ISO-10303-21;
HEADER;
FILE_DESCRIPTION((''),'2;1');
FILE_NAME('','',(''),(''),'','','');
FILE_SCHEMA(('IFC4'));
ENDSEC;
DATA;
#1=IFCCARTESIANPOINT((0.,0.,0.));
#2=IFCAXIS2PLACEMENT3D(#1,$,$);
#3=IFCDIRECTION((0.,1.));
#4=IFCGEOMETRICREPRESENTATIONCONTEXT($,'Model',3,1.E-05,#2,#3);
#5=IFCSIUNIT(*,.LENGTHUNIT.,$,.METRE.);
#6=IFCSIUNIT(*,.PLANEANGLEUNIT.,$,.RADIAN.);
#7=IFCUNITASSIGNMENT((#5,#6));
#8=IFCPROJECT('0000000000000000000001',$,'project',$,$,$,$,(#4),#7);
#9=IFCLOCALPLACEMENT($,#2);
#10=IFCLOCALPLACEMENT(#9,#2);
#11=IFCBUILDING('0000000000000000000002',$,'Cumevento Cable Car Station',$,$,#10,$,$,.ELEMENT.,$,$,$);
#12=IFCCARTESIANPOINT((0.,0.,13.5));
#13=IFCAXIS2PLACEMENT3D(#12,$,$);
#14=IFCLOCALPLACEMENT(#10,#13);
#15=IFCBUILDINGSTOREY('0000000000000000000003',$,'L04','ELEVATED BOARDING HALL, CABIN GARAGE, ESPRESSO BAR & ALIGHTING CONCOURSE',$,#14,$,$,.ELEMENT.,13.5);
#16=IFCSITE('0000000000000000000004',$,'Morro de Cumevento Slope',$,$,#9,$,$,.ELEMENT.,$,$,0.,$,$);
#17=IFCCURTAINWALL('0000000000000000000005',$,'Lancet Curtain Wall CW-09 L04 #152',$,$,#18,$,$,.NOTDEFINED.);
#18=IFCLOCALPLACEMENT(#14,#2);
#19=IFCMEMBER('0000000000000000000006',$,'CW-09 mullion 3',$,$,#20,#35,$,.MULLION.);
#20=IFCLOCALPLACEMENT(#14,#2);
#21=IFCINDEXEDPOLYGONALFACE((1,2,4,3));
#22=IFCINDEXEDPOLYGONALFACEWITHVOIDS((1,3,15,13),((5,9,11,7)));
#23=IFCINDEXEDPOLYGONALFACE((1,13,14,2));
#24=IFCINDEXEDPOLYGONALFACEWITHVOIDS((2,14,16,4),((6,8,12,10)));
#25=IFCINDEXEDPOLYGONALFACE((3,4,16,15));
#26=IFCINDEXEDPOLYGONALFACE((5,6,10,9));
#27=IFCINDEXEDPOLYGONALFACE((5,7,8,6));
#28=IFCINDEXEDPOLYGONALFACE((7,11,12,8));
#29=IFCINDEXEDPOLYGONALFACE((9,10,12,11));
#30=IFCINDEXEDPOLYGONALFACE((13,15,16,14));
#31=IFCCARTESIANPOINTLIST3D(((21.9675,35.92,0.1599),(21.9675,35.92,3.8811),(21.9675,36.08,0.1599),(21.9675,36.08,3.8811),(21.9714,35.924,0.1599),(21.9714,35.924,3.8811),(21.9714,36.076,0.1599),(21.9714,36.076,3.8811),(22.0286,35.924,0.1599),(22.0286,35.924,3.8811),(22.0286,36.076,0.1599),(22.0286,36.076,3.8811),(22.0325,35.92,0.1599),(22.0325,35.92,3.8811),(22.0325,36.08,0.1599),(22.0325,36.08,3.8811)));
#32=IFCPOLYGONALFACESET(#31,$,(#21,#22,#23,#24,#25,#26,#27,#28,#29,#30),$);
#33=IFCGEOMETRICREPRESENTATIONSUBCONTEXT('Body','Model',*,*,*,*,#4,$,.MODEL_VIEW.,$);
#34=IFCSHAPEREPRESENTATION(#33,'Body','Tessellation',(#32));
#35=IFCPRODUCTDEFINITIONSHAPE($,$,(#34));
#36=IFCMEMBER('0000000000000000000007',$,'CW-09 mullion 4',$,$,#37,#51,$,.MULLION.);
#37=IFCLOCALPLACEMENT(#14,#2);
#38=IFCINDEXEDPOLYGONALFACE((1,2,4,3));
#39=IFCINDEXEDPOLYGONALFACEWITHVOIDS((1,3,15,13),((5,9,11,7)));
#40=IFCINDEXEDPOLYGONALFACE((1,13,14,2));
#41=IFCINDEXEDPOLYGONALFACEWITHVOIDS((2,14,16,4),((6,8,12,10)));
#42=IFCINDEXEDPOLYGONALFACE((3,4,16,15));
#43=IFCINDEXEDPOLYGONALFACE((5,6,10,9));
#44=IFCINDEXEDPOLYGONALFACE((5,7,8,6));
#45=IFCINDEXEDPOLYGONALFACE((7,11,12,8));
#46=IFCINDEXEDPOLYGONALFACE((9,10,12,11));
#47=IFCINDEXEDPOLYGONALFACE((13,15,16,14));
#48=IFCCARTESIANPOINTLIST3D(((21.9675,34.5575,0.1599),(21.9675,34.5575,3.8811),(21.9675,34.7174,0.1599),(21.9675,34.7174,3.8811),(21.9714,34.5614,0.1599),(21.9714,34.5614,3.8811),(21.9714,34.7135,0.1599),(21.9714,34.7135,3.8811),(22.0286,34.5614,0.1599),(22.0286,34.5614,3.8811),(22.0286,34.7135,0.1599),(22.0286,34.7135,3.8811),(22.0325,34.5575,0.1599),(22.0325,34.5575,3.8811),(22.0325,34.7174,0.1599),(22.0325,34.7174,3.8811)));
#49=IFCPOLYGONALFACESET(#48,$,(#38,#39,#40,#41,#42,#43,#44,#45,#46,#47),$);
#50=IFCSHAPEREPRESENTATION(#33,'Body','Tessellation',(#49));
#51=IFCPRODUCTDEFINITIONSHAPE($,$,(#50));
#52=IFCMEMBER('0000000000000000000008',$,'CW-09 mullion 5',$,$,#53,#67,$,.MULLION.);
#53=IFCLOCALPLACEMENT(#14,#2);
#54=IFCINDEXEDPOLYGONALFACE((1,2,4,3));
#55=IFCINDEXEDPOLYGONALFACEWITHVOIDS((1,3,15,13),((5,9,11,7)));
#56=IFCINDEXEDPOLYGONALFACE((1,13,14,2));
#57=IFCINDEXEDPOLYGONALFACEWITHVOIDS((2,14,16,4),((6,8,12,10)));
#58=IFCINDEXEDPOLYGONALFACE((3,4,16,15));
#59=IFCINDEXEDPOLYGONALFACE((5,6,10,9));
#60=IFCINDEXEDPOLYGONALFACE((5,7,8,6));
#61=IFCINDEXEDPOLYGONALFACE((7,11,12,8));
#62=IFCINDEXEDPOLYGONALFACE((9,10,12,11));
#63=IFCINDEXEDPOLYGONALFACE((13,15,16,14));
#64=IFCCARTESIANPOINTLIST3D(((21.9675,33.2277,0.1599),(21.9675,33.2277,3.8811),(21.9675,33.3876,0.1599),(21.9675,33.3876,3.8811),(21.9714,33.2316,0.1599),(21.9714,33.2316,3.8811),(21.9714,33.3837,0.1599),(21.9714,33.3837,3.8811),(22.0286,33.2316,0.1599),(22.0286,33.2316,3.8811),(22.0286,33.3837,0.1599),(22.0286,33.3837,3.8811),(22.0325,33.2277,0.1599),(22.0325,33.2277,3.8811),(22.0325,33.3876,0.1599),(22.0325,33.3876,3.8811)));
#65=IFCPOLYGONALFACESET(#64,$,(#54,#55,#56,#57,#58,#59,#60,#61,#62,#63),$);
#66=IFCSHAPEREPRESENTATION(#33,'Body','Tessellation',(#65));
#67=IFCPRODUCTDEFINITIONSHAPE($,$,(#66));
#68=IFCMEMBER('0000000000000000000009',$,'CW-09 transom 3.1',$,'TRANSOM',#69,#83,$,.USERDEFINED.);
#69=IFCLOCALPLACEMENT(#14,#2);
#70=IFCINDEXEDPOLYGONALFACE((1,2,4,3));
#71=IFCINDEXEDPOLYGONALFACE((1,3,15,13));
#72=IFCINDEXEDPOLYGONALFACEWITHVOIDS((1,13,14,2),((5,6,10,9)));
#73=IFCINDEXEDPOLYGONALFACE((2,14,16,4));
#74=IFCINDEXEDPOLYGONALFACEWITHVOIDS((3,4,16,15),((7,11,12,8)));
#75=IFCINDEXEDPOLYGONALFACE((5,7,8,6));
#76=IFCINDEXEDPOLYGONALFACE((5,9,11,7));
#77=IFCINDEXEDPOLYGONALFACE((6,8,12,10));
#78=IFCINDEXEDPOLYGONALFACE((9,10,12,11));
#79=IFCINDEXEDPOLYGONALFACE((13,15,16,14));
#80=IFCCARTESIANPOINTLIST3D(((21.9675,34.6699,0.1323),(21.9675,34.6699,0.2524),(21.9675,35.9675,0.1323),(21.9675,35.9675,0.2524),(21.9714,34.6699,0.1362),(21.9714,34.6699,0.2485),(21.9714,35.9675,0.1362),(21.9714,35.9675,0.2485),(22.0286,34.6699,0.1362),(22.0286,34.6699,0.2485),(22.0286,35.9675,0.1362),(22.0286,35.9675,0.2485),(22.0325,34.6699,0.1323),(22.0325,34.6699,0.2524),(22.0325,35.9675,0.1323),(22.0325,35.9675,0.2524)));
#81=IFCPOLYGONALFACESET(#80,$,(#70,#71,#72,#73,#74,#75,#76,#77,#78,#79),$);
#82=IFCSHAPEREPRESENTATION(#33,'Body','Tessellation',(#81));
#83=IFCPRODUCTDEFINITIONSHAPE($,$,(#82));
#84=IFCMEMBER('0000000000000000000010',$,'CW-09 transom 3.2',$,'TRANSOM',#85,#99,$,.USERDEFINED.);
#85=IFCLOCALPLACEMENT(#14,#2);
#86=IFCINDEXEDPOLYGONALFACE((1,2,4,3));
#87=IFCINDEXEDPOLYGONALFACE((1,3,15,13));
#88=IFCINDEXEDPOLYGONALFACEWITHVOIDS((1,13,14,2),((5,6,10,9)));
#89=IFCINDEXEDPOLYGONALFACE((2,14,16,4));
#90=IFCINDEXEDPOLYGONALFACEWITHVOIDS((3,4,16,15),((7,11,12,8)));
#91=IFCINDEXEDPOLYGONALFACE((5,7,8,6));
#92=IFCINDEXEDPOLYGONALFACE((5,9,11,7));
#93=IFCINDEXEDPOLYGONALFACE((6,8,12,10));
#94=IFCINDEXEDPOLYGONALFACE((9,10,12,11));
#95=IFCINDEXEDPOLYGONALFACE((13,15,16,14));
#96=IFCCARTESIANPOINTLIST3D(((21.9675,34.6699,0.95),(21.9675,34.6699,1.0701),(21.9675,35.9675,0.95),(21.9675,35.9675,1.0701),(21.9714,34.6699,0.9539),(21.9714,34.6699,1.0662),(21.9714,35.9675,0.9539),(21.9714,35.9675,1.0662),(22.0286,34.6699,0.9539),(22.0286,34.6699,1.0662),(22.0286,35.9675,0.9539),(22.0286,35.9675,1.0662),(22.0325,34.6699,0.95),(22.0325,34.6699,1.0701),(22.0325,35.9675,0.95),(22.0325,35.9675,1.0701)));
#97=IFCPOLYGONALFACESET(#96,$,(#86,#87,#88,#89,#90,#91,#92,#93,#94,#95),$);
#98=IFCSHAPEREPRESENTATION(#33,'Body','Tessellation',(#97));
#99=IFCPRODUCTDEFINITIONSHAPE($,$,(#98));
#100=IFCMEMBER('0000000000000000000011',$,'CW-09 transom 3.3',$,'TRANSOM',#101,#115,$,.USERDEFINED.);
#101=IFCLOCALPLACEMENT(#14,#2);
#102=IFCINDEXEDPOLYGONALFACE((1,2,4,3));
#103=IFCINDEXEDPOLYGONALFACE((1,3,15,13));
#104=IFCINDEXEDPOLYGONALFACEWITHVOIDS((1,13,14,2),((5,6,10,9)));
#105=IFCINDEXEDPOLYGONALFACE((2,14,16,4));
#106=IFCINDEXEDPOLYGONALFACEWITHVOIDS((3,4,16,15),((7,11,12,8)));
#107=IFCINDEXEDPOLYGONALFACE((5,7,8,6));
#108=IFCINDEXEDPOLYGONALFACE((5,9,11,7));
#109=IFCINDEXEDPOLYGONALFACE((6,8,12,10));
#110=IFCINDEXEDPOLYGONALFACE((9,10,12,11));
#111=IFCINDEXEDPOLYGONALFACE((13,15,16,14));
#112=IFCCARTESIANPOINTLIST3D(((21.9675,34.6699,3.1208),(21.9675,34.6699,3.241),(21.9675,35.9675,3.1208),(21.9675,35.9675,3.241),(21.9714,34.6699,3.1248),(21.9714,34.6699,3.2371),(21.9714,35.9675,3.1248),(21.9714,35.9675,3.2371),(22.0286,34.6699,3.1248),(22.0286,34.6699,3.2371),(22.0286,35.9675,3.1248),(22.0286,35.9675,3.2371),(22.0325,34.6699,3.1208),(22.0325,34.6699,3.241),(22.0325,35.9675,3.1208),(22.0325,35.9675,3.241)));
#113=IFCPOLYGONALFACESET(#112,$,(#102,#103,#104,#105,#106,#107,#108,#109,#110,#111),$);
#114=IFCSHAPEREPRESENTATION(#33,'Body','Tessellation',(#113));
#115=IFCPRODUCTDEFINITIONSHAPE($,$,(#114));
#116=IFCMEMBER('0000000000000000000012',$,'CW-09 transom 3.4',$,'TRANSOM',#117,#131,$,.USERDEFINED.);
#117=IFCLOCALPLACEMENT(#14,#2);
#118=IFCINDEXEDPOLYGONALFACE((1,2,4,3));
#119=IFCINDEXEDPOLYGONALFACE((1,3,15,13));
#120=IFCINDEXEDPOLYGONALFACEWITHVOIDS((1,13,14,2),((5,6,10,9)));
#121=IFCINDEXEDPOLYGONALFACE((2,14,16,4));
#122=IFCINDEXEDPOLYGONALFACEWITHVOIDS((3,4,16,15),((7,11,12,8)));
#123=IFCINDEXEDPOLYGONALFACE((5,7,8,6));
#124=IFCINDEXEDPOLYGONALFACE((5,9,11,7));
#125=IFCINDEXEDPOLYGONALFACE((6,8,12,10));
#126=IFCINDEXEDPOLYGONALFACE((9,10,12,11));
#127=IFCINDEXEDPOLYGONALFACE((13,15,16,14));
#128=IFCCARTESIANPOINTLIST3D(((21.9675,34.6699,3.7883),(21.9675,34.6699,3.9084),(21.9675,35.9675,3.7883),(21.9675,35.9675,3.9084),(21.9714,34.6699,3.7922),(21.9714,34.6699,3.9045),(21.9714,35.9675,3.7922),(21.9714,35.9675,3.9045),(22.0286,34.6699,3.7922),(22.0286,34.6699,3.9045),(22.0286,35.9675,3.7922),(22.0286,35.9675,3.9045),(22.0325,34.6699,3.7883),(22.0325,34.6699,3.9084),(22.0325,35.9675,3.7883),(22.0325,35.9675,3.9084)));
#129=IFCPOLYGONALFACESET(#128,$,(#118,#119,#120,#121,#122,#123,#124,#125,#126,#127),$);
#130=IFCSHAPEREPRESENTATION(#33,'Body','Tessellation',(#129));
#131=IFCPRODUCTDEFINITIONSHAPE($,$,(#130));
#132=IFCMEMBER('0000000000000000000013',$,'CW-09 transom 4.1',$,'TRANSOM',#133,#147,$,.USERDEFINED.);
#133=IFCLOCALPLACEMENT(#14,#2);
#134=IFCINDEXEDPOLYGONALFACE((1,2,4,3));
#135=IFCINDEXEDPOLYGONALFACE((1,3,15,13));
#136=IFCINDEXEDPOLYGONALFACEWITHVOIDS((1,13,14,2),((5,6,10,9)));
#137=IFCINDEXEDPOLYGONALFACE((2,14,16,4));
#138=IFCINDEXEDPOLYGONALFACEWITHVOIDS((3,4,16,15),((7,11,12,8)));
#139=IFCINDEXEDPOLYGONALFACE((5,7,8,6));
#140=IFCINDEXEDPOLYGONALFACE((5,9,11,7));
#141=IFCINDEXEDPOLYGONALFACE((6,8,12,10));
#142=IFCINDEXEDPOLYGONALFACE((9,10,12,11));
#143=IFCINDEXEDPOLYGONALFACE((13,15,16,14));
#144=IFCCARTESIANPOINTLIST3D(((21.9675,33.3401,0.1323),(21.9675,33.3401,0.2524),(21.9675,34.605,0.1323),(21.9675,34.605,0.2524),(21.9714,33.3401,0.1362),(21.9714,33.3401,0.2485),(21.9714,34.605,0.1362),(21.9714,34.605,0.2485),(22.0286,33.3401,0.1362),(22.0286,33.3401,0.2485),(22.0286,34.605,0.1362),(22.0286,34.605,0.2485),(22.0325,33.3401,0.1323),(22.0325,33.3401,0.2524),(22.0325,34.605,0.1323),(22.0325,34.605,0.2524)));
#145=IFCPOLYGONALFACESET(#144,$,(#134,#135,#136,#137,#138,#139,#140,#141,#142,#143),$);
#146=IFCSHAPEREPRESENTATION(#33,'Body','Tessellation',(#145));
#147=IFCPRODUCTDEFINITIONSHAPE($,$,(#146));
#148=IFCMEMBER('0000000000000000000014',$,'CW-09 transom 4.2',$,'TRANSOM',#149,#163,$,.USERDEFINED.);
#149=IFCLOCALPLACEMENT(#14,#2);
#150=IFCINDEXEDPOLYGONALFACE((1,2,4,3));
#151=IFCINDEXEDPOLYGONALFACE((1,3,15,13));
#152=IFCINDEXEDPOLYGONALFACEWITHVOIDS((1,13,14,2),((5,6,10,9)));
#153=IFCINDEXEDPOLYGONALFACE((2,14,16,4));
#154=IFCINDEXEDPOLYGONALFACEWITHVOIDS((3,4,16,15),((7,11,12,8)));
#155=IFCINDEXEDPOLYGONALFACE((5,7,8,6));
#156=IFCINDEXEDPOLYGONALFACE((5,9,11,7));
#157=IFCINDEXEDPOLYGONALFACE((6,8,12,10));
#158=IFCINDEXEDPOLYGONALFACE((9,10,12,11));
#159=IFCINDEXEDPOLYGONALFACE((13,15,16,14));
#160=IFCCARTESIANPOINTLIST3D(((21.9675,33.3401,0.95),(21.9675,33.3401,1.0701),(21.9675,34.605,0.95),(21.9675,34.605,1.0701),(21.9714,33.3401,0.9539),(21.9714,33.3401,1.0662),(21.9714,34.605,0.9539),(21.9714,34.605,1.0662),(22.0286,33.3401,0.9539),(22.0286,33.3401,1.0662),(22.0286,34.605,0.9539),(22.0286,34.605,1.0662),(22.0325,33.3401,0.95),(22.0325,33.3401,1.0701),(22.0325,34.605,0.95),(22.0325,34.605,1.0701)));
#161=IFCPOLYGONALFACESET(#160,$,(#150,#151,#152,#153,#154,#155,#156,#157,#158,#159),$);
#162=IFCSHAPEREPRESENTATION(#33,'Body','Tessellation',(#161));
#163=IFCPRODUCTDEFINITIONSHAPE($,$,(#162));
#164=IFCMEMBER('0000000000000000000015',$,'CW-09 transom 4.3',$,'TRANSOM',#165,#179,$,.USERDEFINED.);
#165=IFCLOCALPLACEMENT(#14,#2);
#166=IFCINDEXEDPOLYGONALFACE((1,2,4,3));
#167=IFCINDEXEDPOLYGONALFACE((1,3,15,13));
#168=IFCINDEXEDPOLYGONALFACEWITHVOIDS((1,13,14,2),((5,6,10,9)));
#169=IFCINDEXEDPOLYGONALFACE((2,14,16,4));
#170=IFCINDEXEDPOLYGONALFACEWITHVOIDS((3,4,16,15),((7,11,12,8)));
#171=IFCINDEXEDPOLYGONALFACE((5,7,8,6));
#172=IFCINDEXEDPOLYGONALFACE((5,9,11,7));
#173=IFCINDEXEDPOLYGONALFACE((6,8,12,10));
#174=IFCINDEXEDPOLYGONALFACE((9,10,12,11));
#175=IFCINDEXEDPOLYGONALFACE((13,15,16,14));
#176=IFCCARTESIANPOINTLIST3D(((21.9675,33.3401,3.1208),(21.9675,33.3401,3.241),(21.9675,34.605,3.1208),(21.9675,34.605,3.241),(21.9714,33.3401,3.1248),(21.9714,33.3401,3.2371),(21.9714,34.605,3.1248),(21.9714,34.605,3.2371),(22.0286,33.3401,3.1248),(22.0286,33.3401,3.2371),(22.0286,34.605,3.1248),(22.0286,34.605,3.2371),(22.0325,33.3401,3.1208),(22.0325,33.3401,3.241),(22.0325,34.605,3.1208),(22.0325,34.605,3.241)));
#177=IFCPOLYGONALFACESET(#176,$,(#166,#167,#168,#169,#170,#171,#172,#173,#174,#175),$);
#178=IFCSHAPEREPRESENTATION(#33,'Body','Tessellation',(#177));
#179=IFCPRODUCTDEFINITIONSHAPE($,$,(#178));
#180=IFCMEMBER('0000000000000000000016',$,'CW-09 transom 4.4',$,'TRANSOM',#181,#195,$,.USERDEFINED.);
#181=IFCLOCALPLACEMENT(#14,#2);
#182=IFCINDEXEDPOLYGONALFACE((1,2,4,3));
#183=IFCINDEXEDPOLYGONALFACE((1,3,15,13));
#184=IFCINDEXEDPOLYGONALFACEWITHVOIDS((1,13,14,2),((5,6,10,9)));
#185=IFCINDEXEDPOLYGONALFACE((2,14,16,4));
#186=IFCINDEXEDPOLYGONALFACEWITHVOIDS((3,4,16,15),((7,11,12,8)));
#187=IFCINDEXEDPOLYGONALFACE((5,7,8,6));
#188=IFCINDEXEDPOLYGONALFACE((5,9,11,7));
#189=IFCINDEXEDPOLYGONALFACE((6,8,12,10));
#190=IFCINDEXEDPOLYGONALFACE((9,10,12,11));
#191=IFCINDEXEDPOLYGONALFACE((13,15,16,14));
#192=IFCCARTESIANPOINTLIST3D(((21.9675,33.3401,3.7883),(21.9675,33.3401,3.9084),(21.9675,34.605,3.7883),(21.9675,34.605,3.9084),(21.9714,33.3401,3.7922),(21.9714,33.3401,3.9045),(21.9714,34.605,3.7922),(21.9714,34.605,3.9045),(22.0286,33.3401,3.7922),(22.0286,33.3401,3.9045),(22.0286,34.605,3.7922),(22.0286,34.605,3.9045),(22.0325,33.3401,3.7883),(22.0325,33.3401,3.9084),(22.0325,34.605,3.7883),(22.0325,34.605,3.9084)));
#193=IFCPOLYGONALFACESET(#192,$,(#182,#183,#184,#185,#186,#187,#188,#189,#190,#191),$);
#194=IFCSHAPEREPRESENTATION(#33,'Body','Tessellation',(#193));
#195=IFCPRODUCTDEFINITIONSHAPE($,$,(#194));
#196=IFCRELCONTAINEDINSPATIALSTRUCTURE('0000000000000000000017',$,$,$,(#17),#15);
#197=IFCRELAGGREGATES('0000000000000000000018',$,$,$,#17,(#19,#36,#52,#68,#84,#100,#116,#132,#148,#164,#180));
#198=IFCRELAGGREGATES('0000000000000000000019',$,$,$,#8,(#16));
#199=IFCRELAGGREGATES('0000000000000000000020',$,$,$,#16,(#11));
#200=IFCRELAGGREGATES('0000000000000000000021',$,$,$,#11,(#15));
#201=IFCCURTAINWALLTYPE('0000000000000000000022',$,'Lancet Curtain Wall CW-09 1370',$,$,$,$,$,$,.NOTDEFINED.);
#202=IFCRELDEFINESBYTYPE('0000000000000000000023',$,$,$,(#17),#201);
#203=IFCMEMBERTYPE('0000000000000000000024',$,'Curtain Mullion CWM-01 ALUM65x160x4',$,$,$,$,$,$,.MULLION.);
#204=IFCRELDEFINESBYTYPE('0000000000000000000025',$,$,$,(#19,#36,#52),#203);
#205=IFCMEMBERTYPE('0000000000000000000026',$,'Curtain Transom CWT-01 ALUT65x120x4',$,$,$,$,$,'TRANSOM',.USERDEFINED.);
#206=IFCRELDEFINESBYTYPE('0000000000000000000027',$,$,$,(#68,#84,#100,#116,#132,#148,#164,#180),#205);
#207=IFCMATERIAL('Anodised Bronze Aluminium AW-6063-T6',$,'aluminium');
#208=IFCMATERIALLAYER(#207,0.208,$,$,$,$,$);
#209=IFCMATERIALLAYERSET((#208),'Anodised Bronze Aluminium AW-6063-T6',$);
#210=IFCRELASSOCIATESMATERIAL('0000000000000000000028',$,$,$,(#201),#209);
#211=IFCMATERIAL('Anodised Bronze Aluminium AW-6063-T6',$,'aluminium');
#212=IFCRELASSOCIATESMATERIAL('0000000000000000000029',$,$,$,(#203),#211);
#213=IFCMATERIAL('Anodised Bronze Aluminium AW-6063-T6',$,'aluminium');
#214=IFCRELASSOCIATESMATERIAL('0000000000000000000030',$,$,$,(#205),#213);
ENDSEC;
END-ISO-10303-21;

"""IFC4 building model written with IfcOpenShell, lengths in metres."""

from ifc_helpers import new_model, si_unit, direction, frame, origin, origin_2d, place, context, subcontext, project, spatial, hollow_rectangle, extrude, material, layer, layer_set, material_profile, profile_set, type_object, element, aggregate, save


model = new_model("IFC4")

# Units and contexts
model_context = context("Model", 3, precision=1e-05, world=origin(), true_north=direction((0.0, 1.0)))
body_context = subcontext(model_context, "Body", "Model", "MODEL_VIEW")
ifc_project = project(units=[si_unit("LENGTHUNIT", "METRE"), si_unit("PLANEANGLEUNIT", "RADIAN")], contexts=[model_context])

# Site, building, storey
site_placement = place(None, origin())
site = spatial("IfcSite", under=ifc_project, at=site_placement, Name="Morro de Cumevento Slope", CompositionType="ELEMENT", RefElevation=0.0)
building_placement = place(site_placement, origin())
building = spatial("IfcBuilding", under=site, at=building_placement, Name="Cumevento Cable Car Station", CompositionType="ELEMENT")
storey_placement = place(building_placement, frame((0.0, 0.0, 13.5)))
storey = spatial("IfcBuildingStorey", under=building, at=storey_placement, Name="L04", Description="ELEVATED BOARDING HALL, CABIN GARAGE, ESPRESSO BAR & ALIGHTING CONCOURSE", CompositionType="ELEMENT", Elevation=13.5)

# Curtain wall, members
ifc_material_1 = material(Name="Anodised Bronze Aluminium AW-6063-T6", Category="aluminium")
ifc_layer_1 = layer(ifc_material_1, 0.208)
ifc_layer_set_1 = layer_set([ifc_layer_1], Name="Anodised Bronze Aluminium AW-6063-T6")
curtain_wall_type = type_object("IfcCurtainWallType", Name="Lancet Curtain Wall CW-09 1370", PredefinedType="NOTDEFINED", material=ifc_layer_set_1)
curtain_wall_placement = place(storey_placement, origin())
curtain_wall = element("IfcCurtainWall", 1, at=curtain_wall_placement, inside=storey, type_object=curtain_wall_type, Name="Lancet Curtain Wall CW-09 L04 #152", PredefinedType="NOTDEFINED")
ifc_material_2 = material(Name="Anodised Bronze Aluminium AW-6063-T6", Category="aluminium")
ifc_material_profile_1 = material_profile(ifc_material_2, hollow_rectangle(XDim=0.0649, YDim=0.1599, WallThickness=0.0039, at=origin_2d()), Name="ALUM65x160x4")
ifc_profile_set_1 = profile_set([ifc_material_profile_1], Name="Anodised Bronze Aluminium AW-6063-T6")
member_type_1 = type_object("IfcMemberType", Name="Curtain Mullion CWM-01 ALUM65x160x4", PredefinedType="MULLION", material=ifc_profile_set_1)
member_1_placement = place(storey_placement, frame((22.0, 36.0, 0.1599), z_axis=(0.0, 0.0, 1.0), x_axis=(1.0, 0.0, 0.0)))
member_1 = element("IfcMember", 2, at=member_1_placement, type_object=member_type_1, Name="CW-09 mullion 3", PredefinedType="MULLION", context=body_context, shape_type="SweptSolid", body=[
    extrude(hollow_rectangle(XDim=0.0649, YDim=0.1599, WallThickness=0.0039, at=origin_2d()), origin(), (0.0, 0.0, 1.0), 3.7212),
])
member_2_placement = place(storey_placement, frame((22.0, 34.6375, 0.1599), z_axis=(0.0, 0.0, 1.0), x_axis=(1.0, 0.0, 0.0)))
member_2 = element("IfcMember", 3, at=member_2_placement, type_object=member_type_1, Name="CW-09 mullion 4", PredefinedType="MULLION", context=body_context, shape_type="SweptSolid", body=[
    extrude(hollow_rectangle(XDim=0.0649, YDim=0.1599, WallThickness=0.0039, at=origin_2d()), origin(), (0.0, 0.0, 1.0), 3.7212),
])
member_3_placement = place(storey_placement, frame((22.0, 33.3076, 0.1599), z_axis=(0.0, 0.0, 1.0), x_axis=(1.0, 0.0, 0.0)))
member_3 = element("IfcMember", 4, at=member_3_placement, type_object=member_type_1, Name="CW-09 mullion 5", PredefinedType="MULLION", context=body_context, shape_type="SweptSolid", body=[
    extrude(hollow_rectangle(XDim=0.0649, YDim=0.1599, WallThickness=0.0039, at=origin_2d()), origin(), (0.0, 0.0, 1.0), 3.7212),
])
ifc_material_3 = material(Name="Anodised Bronze Aluminium AW-6063-T6", Category="aluminium")
ifc_material_profile_2 = material_profile(ifc_material_3, hollow_rectangle(XDim=0.0649, YDim=0.1201, WallThickness=0.0039, at=origin_2d()), Name="ALUT65x120x4")
ifc_profile_set_2 = profile_set([ifc_material_profile_2], Name="Anodised Bronze Aluminium AW-6063-T6")
member_type_2 = type_object("IfcMemberType", Name="Curtain Transom CWT-01 ALUT65x120x4", ElementType="TRANSOM", PredefinedType="USERDEFINED", material=ifc_profile_set_2)
member_4_placement = place(storey_placement, frame((22.0, 35.9675, 0.1924), z_axis=(0.0, -1.0, 0.0), x_axis=(1.0, 0.0, 0.0)))
member_4 = element("IfcMember", 5, at=member_4_placement, type_object=member_type_2, Name="CW-09 transom 3.1", ObjectType="TRANSOM", PredefinedType="USERDEFINED", context=body_context, shape_type="SweptSolid", body=[
    extrude(hollow_rectangle(XDim=0.0649, YDim=0.1201, WallThickness=0.0039, at=origin_2d()), origin(), (0.0, 0.0, 1.0), 1.2976),
])
member_5_placement = place(storey_placement, frame((22.0, 35.9675, 1.01), z_axis=(0.0, -1.0, 0.0), x_axis=(1.0, 0.0, 0.0)))
member_5 = element("IfcMember", 6, at=member_5_placement, type_object=member_type_2, Name="CW-09 transom 3.2", ObjectType="TRANSOM", PredefinedType="USERDEFINED", context=body_context, shape_type="SweptSolid", body=[
    extrude(hollow_rectangle(XDim=0.0649, YDim=0.1201, WallThickness=0.0039, at=origin_2d()), origin(), (0.0, 0.0, 1.0), 1.2976),
])
member_6_placement = place(storey_placement, frame((22.0, 35.9675, 3.1809), z_axis=(0.0, -1.0, 0.0), x_axis=(1.0, 0.0, 0.0)))
member_6 = element("IfcMember", 7, at=member_6_placement, type_object=member_type_2, Name="CW-09 transom 3.3", ObjectType="TRANSOM", PredefinedType="USERDEFINED", context=body_context, shape_type="SweptSolid", body=[
    extrude(hollow_rectangle(XDim=0.0649, YDim=0.1201, WallThickness=0.0039, at=origin_2d()), origin(), (0.0, 0.0, 1.0), 1.2976),
])
member_7_placement = place(storey_placement, frame((22.0, 35.9675, 3.8484), z_axis=(0.0, -1.0, 0.0), x_axis=(1.0, 0.0, 0.0)))
member_7 = element("IfcMember", 8, at=member_7_placement, type_object=member_type_2, Name="CW-09 transom 3.4", ObjectType="TRANSOM", PredefinedType="USERDEFINED", context=body_context, shape_type="SweptSolid", body=[
    extrude(hollow_rectangle(XDim=0.0649, YDim=0.1201, WallThickness=0.0039, at=origin_2d()), origin(), (0.0, 0.0, 1.0), 1.2976),
])
member_8_placement = place(storey_placement, frame((22.0, 34.605, 0.1924), z_axis=(0.0, -1.0, 0.0), x_axis=(1.0, 0.0, 0.0)))
member_8 = element("IfcMember", 9, at=member_8_placement, type_object=member_type_2, Name="CW-09 transom 4.1", ObjectType="TRANSOM", PredefinedType="USERDEFINED", context=body_context, shape_type="SweptSolid", body=[
    extrude(hollow_rectangle(XDim=0.0649, YDim=0.1201, WallThickness=0.0039, at=origin_2d()), origin(), (0.0, 0.0, 1.0), 1.2649),
])
member_9_placement = place(storey_placement, frame((22.0, 34.605, 1.01), z_axis=(0.0, -1.0, 0.0), x_axis=(1.0, 0.0, 0.0)))
member_9 = element("IfcMember", 10, at=member_9_placement, type_object=member_type_2, Name="CW-09 transom 4.2", ObjectType="TRANSOM", PredefinedType="USERDEFINED", context=body_context, shape_type="SweptSolid", body=[
    extrude(hollow_rectangle(XDim=0.0649, YDim=0.1201, WallThickness=0.0039, at=origin_2d()), origin(), (0.0, 0.0, 1.0), 1.2649),
])
member_10_placement = place(storey_placement, frame((22.0, 34.605, 3.1809), z_axis=(0.0, -1.0, 0.0), x_axis=(1.0, 0.0, 0.0)))
member_10 = element("IfcMember", 11, at=member_10_placement, type_object=member_type_2, Name="CW-09 transom 4.3", ObjectType="TRANSOM", PredefinedType="USERDEFINED", context=body_context, shape_type="SweptSolid", body=[
    extrude(hollow_rectangle(XDim=0.0649, YDim=0.1201, WallThickness=0.0039, at=origin_2d()), origin(), (0.0, 0.0, 1.0), 1.2649),
])
member_11_placement = place(storey_placement, frame((22.0, 34.605, 3.8484), z_axis=(0.0, -1.0, 0.0), x_axis=(1.0, 0.0, 0.0)))
member_11 = element("IfcMember", 12, at=member_11_placement, type_object=member_type_2, Name="CW-09 transom 4.4", ObjectType="TRANSOM", PredefinedType="USERDEFINED", context=body_context, shape_type="SweptSolid", body=[
    extrude(hollow_rectangle(XDim=0.0649, YDim=0.1201, WallThickness=0.0039, at=origin_2d()), origin(), (0.0, 0.0, 1.0), 1.2649),
])

aggregate(curtain_wall, [member_1, member_2, member_3, member_4, member_5, member_6, member_7, member_8, member_9, member_10, member_11])

save(model, "model.ifc")
